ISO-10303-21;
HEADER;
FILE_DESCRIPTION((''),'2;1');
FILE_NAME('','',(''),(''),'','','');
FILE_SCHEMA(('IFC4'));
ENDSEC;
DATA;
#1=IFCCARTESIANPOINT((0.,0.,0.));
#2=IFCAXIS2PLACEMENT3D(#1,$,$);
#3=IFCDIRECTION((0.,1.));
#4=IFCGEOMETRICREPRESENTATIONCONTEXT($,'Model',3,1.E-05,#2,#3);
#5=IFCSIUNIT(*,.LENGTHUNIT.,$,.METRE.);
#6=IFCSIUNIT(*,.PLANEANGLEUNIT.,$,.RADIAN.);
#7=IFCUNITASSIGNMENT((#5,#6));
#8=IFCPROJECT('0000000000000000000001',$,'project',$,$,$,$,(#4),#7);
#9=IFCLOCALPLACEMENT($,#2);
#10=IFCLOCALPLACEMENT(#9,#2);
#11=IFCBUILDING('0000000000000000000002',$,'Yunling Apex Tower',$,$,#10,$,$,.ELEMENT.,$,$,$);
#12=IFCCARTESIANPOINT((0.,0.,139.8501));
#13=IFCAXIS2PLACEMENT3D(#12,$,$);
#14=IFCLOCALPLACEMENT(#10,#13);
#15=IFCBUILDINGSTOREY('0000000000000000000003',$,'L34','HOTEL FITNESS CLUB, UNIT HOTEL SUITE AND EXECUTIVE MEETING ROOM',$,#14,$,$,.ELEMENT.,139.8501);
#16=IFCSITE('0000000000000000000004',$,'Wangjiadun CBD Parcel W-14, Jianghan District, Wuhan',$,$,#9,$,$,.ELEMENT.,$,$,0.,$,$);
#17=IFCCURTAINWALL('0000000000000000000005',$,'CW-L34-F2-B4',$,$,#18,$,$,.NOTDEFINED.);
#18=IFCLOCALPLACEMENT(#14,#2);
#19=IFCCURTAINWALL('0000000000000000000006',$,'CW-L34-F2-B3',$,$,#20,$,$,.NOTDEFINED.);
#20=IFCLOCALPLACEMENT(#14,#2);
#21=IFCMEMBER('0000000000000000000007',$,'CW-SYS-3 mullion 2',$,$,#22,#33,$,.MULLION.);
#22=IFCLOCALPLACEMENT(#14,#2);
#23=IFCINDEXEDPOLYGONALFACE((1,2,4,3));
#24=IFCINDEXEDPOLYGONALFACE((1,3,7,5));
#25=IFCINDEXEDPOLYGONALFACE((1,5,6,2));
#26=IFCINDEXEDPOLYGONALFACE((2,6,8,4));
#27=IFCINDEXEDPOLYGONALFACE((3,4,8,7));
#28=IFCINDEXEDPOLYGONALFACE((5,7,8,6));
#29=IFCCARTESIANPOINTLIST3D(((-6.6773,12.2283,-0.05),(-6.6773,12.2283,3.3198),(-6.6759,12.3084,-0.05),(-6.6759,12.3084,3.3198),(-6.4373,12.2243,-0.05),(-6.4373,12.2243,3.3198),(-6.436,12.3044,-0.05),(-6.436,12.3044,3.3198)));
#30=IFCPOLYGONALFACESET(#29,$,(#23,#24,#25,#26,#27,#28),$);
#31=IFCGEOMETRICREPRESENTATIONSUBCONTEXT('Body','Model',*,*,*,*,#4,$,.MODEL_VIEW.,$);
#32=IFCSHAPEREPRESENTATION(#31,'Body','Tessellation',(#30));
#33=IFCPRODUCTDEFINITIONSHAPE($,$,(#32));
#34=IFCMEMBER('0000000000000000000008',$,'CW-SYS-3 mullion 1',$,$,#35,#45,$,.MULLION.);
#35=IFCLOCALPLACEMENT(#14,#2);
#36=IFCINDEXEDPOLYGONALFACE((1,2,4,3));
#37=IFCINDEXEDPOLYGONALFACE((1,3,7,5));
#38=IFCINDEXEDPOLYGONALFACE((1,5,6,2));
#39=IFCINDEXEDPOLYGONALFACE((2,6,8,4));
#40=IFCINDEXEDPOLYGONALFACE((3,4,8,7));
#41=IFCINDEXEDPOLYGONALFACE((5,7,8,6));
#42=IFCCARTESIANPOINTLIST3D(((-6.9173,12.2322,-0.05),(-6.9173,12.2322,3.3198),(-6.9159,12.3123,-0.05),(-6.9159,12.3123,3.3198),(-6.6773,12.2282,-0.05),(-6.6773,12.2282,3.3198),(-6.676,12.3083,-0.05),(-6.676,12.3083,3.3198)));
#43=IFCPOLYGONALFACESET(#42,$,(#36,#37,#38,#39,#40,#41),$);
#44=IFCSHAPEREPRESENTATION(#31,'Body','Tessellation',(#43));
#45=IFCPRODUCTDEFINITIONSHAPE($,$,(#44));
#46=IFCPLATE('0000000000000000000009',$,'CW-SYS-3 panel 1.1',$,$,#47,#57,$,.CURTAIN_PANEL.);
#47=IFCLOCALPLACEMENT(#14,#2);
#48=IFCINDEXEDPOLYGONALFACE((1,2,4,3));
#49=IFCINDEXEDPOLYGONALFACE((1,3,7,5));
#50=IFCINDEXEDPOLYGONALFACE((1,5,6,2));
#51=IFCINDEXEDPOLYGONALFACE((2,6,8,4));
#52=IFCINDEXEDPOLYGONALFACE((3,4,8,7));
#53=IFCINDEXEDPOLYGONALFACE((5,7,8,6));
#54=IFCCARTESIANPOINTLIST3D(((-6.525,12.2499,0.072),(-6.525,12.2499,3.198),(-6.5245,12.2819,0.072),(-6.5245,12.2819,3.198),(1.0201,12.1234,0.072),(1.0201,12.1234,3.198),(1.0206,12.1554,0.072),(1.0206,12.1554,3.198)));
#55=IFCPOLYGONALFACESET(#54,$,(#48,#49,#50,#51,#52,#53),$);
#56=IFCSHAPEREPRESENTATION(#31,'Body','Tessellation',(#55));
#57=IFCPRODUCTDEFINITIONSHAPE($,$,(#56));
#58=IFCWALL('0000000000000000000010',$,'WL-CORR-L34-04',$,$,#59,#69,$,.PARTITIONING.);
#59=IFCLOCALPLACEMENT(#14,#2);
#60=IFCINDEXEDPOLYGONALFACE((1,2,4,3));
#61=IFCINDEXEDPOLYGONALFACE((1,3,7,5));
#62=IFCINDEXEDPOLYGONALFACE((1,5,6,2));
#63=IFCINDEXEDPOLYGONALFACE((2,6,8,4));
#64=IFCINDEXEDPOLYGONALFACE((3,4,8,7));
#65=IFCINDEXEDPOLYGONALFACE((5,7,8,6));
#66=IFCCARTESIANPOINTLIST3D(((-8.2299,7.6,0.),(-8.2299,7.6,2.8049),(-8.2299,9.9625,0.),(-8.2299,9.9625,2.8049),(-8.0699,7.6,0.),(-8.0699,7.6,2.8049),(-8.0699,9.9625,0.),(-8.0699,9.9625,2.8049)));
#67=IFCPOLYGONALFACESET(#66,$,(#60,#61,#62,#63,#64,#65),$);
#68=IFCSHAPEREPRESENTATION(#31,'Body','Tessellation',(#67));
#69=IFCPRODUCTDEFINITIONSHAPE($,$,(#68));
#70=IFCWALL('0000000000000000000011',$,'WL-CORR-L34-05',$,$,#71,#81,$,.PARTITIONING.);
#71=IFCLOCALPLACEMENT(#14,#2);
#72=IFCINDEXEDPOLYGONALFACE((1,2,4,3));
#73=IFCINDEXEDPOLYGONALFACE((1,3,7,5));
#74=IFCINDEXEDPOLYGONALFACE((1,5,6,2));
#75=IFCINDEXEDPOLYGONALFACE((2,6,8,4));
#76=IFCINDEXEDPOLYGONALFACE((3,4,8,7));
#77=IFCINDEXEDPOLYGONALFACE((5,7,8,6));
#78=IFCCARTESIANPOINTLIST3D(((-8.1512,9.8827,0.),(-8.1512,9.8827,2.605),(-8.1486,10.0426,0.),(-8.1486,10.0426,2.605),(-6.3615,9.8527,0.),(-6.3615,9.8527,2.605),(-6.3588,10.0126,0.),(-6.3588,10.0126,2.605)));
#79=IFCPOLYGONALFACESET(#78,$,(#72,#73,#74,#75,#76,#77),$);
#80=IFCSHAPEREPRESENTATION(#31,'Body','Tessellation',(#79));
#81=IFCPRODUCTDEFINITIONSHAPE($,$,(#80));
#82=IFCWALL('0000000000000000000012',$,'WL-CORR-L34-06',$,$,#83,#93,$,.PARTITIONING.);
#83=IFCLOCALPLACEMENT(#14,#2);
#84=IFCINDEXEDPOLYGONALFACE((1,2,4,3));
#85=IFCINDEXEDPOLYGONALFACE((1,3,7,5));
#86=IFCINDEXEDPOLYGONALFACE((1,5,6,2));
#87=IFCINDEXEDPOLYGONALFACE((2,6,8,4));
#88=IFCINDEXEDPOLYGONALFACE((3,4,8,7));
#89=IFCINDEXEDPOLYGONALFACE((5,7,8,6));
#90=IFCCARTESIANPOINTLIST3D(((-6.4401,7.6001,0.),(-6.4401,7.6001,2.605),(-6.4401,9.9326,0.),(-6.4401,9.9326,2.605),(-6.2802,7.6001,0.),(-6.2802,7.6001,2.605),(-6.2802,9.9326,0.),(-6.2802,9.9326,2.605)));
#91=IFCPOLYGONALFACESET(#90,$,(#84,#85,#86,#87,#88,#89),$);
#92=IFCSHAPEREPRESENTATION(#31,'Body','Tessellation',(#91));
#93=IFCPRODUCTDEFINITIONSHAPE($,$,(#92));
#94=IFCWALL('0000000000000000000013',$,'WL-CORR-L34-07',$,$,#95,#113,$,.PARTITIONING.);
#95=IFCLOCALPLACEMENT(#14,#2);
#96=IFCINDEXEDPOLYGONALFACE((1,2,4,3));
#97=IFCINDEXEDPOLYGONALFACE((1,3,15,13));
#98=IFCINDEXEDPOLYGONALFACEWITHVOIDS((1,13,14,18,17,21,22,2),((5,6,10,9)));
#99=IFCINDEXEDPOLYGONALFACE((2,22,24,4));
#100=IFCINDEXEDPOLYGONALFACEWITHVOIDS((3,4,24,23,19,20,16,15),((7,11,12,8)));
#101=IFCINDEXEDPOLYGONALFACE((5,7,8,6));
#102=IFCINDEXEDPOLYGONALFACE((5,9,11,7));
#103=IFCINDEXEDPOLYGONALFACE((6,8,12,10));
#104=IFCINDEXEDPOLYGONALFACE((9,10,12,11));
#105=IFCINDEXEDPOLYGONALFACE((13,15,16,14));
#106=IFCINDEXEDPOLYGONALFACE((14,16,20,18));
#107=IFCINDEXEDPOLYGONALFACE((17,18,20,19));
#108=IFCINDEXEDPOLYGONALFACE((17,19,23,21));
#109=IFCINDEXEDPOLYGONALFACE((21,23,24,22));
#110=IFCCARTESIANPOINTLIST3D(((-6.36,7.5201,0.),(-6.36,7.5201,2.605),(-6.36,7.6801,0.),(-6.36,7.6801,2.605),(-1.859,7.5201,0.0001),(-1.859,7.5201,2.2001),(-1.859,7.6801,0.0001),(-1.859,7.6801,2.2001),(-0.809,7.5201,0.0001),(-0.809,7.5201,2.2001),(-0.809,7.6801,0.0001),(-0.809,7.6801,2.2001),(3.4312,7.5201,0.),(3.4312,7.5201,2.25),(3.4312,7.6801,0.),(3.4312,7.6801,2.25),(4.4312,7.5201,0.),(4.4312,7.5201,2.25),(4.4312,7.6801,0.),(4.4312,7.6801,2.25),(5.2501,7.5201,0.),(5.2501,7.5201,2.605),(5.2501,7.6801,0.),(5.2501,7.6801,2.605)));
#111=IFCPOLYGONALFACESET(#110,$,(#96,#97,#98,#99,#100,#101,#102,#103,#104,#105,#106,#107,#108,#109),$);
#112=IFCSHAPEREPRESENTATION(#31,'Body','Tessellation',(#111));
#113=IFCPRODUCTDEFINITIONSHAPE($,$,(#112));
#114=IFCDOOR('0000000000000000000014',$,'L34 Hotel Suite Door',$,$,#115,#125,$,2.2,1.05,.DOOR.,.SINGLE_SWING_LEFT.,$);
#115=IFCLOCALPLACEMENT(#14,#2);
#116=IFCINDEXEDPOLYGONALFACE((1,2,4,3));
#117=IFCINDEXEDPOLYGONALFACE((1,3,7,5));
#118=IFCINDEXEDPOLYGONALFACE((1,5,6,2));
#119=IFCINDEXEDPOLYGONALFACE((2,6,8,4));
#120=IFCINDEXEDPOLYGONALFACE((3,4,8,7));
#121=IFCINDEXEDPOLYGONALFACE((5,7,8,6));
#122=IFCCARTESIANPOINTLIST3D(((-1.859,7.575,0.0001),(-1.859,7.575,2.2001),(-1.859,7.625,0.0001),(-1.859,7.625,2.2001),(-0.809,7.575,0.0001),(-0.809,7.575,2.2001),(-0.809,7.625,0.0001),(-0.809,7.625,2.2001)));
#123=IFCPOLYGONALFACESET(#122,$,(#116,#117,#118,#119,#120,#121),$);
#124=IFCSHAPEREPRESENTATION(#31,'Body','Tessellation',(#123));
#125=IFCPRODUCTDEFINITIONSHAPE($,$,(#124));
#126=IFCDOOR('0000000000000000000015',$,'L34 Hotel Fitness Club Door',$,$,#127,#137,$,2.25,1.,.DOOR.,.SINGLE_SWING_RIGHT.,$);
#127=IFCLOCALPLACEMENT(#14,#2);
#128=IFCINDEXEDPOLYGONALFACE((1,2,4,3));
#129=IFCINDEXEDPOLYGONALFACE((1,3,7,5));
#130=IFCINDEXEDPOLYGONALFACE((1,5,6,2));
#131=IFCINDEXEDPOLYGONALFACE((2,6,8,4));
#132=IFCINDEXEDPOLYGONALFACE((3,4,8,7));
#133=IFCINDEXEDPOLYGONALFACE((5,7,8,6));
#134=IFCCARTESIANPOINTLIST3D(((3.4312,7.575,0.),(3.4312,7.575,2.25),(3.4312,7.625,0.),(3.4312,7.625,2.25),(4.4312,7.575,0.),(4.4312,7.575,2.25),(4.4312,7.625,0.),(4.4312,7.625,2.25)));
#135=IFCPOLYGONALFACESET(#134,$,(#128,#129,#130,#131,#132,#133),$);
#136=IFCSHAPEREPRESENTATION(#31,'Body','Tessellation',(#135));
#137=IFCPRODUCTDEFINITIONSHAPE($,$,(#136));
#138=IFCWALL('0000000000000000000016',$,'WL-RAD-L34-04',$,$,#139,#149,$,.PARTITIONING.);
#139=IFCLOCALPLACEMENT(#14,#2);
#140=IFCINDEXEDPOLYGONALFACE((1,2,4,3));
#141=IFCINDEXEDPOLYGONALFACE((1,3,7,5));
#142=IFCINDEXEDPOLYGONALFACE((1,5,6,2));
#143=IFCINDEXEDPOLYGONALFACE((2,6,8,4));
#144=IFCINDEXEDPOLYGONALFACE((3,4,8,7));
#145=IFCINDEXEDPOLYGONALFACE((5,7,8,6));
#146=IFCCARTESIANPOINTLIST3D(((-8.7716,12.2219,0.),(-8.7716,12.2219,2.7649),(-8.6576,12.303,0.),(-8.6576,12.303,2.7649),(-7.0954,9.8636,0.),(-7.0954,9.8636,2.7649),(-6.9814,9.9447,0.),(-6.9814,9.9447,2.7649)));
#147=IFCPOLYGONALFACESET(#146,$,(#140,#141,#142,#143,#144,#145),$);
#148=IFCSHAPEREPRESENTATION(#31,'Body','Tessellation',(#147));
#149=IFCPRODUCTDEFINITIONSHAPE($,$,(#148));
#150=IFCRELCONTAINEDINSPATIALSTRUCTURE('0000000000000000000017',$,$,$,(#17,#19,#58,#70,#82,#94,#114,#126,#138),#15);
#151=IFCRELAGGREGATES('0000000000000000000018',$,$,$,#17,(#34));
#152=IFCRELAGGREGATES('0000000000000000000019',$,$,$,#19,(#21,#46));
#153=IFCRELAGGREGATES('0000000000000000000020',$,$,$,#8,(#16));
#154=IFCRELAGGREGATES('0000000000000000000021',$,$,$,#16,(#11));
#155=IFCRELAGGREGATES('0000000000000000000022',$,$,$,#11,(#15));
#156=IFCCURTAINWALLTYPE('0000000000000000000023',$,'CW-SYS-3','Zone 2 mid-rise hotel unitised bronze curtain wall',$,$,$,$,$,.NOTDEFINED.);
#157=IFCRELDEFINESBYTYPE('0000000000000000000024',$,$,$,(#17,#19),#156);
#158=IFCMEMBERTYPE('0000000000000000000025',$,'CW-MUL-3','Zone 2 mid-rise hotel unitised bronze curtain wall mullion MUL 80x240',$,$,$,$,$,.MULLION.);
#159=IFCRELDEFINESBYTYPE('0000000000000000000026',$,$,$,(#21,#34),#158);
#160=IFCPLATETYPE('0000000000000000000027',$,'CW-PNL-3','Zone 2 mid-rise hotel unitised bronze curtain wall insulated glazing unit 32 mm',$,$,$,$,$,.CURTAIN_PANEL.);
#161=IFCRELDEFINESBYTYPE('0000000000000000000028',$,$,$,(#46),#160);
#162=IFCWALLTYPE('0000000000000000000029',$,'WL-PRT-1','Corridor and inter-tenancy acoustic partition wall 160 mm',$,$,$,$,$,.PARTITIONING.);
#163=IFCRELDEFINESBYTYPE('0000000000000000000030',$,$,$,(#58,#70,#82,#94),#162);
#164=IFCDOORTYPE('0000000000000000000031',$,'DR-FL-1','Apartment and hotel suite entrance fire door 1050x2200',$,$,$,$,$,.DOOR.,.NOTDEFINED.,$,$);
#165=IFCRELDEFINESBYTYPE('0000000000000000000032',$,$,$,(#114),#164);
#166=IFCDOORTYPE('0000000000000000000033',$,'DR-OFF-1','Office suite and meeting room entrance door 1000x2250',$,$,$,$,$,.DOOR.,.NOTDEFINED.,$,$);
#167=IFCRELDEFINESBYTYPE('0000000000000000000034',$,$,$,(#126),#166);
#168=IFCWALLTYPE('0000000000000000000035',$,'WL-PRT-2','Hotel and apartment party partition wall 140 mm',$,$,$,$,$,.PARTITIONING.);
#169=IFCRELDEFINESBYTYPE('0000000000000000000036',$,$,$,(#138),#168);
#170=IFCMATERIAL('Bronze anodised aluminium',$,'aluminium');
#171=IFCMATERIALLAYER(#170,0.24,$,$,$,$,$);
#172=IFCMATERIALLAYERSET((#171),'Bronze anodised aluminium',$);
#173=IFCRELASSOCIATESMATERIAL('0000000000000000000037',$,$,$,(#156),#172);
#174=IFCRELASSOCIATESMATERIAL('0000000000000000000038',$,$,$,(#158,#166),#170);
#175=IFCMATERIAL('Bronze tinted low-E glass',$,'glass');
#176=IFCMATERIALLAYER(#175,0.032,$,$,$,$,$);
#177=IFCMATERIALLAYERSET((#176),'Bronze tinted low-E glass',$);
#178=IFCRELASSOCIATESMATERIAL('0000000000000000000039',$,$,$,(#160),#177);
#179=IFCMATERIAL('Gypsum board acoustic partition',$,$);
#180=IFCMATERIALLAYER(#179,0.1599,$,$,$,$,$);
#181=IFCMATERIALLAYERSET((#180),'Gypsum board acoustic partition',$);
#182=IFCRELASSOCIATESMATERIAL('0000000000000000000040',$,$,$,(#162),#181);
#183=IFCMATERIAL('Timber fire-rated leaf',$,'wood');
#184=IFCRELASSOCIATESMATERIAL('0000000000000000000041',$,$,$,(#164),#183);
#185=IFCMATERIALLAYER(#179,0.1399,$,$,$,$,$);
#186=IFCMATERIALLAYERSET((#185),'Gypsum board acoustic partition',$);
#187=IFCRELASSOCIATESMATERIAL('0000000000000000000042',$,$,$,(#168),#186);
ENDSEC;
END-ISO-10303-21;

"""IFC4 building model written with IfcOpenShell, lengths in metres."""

from ifc_helpers import new_model, si_unit, direction, frame, frame_2d, origin, origin_2d, place, context, subcontext, project, spatial, rectangle, extrude, source, transform, mapped, material, layer, layer_set, material_profile, profile_set, type_object, element, fill, aggregate, save


model = new_model("IFC4")

# Units and contexts
model_context = context("Model", 3, precision=1e-05, world=origin(), true_north=direction((0.0, 1.0)))
body_context = subcontext(model_context, "Body", "Model", "MODEL_VIEW")
ifc_project = project(units=[si_unit("LENGTHUNIT", "METRE"), si_unit("PLANEANGLEUNIT", "RADIAN")], contexts=[model_context])

# Site, building, storey
site_placement = place(None, origin())
site = spatial("IfcSite", under=ifc_project, at=site_placement, Name="Wangjiadun CBD Parcel W-14, Jianghan District, Wuhan", CompositionType="ELEMENT", RefElevation=0.0)
building_placement = place(site_placement, origin())
building = spatial("IfcBuilding", under=site, at=building_placement, Name="Yunling Apex Tower", CompositionType="ELEMENT")
storey_placement = place(building_placement, frame((0.0, 0.0, 139.8501)))
storey = spatial("IfcBuildingStorey", under=building, at=storey_placement, Name="L34", Description="HOTEL FITNESS CLUB, UNIT HOTEL SUITE AND EXECUTIVE MEETING ROOM", CompositionType="ELEMENT", Elevation=139.8501)

# Curtain wall
ifc_material_1 = material(Name="Bronze anodised aluminium", Category="aluminium")
ifc_layer_1 = layer(ifc_material_1, 0.24)
ifc_layer_set_1 = layer_set([ifc_layer_1], Name="Bronze anodised aluminium")
curtain_wall_type = type_object("IfcCurtainWallType", Name="CW-SYS-3", Description="Zone 2 mid-rise hotel unitised bronze curtain wall", PredefinedType="NOTDEFINED", material=ifc_layer_set_1)
curtain_wall_1_placement = place(storey_placement, origin())
curtain_wall_1 = element("IfcCurtainWall", 1, at=curtain_wall_1_placement, inside=storey, type_object=curtain_wall_type, Name="CW-L34-F2-B4", PredefinedType="NOTDEFINED")

# Curtain wall, member
curtain_wall_2_placement = place(storey_placement, origin())
curtain_wall_2 = element("IfcCurtainWall", 2, at=curtain_wall_2_placement, inside=storey, type_object=curtain_wall_type, Name="CW-L34-F2-B3", PredefinedType="NOTDEFINED")
ifc_material_profile_1 = material_profile(ifc_material_1, rectangle(XDim=0.0801, YDim=0.24, at=origin_2d()))
ifc_profile_set_1 = profile_set([ifc_material_profile_1], Name="Bronze anodised aluminium")
member_type_1 = type_object("IfcMemberType", Name="CW-MUL-3", Description="Zone 2 mid-rise hotel unitised bronze curtain wall mullion MUL 80x240", PredefinedType="MULLION", material=ifc_profile_set_1)
shared_shape_1 = source(origin(), body_context, "Body", "SweptSolid", [
    extrude(rectangle(XDim=0.0801, YDim=0.24, at=origin_2d()), origin(), (0.0, 0.0, 1.0), 3.3699),
])
member_1_placement = place(storey_placement, frame((-6.5566, 12.2664, -0.05), z_axis=(0.0, 0.0, 1.0), x_axis=(-0.016762, -0.99986, 0.0)))
member_1 = element("IfcMember", 3, at=member_1_placement, type_object=member_type_1, Name="CW-SYS-3 mullion 2", PredefinedType="MULLION", context=body_context, shape_type="MappedRepresentation", body=[
    mapped(shared_shape_1, transform((0.0, 0.0, 0.0), scale=1.0)),
])

# Member
member_2_placement = place(storey_placement, frame((-6.7966, 12.2703, -0.05), z_axis=(0.0, 0.0, 1.0), x_axis=(-0.016762, -0.99986, 0.0)))
member_2 = element("IfcMember", 4, at=member_2_placement, type_object=member_type_1, Name="CW-SYS-3 mullion 1", PredefinedType="MULLION", context=body_context, shape_type="MappedRepresentation", body=[
    mapped(shared_shape_1, transform((0.0, 0.0, 0.0), scale=1.0)),
])
aggregate(curtain_wall_1, [member_2])

# Plate
ifc_material_2 = material(Name="Bronze tinted low-E glass", Category="glass")
ifc_layer_2 = layer(ifc_material_2, 0.032)
ifc_layer_set_2 = layer_set([ifc_layer_2], Name="Bronze tinted low-E glass")
plate_type = type_object("IfcPlateType", Name="CW-PNL-3", Description="Zone 2 mid-rise hotel unitised bronze curtain wall insulated glazing unit 32 mm", PredefinedType="CURTAIN_PANEL", material=ifc_layer_set_2)
shared_shape_2 = source(origin(), body_context, "Body", "SweptSolid", [
    extrude(rectangle(XDim=7.5461, YDim=0.032, at=origin_2d()), origin(), (0.0, 0.0, 1.0), 3.126),
])
plate_placement = place(storey_placement, frame((-2.7522, 12.2026, 0.072), z_axis=(0.0, 0.0, 1.0), x_axis=(-0.99986, 0.016762, 0.0)))
plate = element("IfcPlate", 5, at=plate_placement, type_object=plate_type, Name="CW-SYS-3 panel 1.1", PredefinedType="CURTAIN_PANEL", context=body_context, shape_type="MappedRepresentation", body=[
    mapped(shared_shape_2, transform((0.0, 0.0, 0.0), scale=1.0)),
])
aggregate(curtain_wall_2, [member_1, plate])

# Walls
ifc_material_3 = material(Name="Gypsum board acoustic partition")
ifc_layer_3 = layer(ifc_material_3, 0.1599)
ifc_layer_set_3 = layer_set([ifc_layer_3], Name="Gypsum board acoustic partition")
wall_type_1 = type_object("IfcWallType", Name="WL-PRT-1", Description="Corridor and inter-tenancy acoustic partition wall 160 mm", PredefinedType="PARTITIONING", material=ifc_layer_set_3)
wall_1_placement = place(storey_placement, frame((-8.1499, 7.6001, 0.0), z_axis=(0.0, 0.0, 1.0), x_axis=(0.0, 1.0, 0.0)))
element("IfcWall", 6, at=wall_1_placement, inside=storey, type_object=wall_type_1, Name="WL-CORR-L34-04", PredefinedType="PARTITIONING", context=body_context, shape_type="SweptSolid", body=[
    extrude(rectangle(XDim=2.3625, YDim=0.1599, at=frame_2d((1.1812, 0.0))), origin(), (0.0, 0.0, 1.0), 2.8049),
])
wall_2_placement = place(storey_placement, frame((-8.1499, 9.9626, 0.0), z_axis=(0.0, 0.0, 1.0), x_axis=(0.999859, -0.016776, 0.0)))
element("IfcWall", 7, at=wall_2_placement, inside=storey, type_object=wall_type_1, Name="WL-CORR-L34-05", PredefinedType="PARTITIONING", context=body_context, shape_type="SweptSolid", body=[
    extrude(rectangle(XDim=1.79, YDim=0.1599, at=frame_2d((0.895, 0.0))), origin(), (0.0, 0.0, 1.0), 2.605),
])
wall_3_placement = place(storey_placement, frame((-6.3601, 9.9326, 0.0), z_axis=(0.0, 0.0, 1.0), x_axis=(0.0, -1.0, 0.0)))
element("IfcWall", 8, at=wall_3_placement, inside=storey, type_object=wall_type_1, Name="WL-CORR-L34-06", PredefinedType="PARTITIONING", context=body_context, shape_type="SweptSolid", body=[
    extrude(rectangle(XDim=2.3325, YDim=0.1599, at=frame_2d((1.1663, 0.0))), origin(), (0.0, 0.0, 1.0), 2.605),
])

# Wall, openings, doors
wall_4_placement = place(storey_placement, frame((-6.3601, 7.6001, 0.0), z_axis=(0.0, 0.0, 1.0), x_axis=(1.0, 0.0, 0.0)))
wall_4 = element("IfcWall", 9, at=wall_4_placement, inside=storey, type_object=wall_type_1, Name="WL-CORR-L34-07", PredefinedType="PARTITIONING", context=body_context, shape_type="SweptSolid", body=[
    extrude(rectangle(XDim=11.6101, YDim=0.1599, at=frame_2d((5.8052, 0.0))), origin(), (0.0, 0.0, 1.0), 2.605),
])
opening_1_placement = place(wall_4_placement, frame((4.5012, 0.0, 0.0)))
opening_1 = element("IfcOpeningElement", 10, at=opening_1_placement, cuts=wall_4, PredefinedType="OPENING", context=body_context, shape_type="SweptSolid", body=[
    extrude(rectangle(XDim=1.05, YDim=2.2, at=frame_2d((0.5249, 1.1001))), frame((0.0, 0.0898, 0.0), z_axis=(0.0, -1.0, 0.0), x_axis=(1.0, 0.0, 0.0)), (0.0, 0.0, 1.0), 0.1799),
])
opening_2_placement = place(wall_4_placement, frame((9.7913, 0.0, 0.0)))
opening_2 = element("IfcOpeningElement", 11, at=opening_2_placement, cuts=wall_4, PredefinedType="OPENING", context=body_context, shape_type="SweptSolid", body=[
    extrude(rectangle(XDim=1.0, YDim=2.25, at=frame_2d((0.5, 1.125))), frame((0.0, 0.0898, 0.0), z_axis=(0.0, -1.0, 0.0), x_axis=(1.0, 0.0, 0.0)), (0.0, 0.0, 1.0), 0.1799),
])
ifc_material_4 = material(Name="Timber fire-rated leaf", Category="wood")
door_type_1 = type_object("IfcDoorType", Name="DR-FL-1", Description="Apartment and hotel suite entrance fire door 1050x2200", OperationType="NOTDEFINED", PredefinedType="DOOR", material=ifc_material_4)
door_1_placement = place(opening_1_placement, origin())
door_1 = element("IfcDoor", 12, at=door_1_placement, inside=storey, type_object=door_type_1, Name="L34 Hotel Suite Door", OperationType="SINGLE_SWING_LEFT", OverallHeight=2.2, OverallWidth=1.05, PredefinedType="DOOR", context=body_context, shape_type="SweptSolid", body=[
    extrude(rectangle(XDim=1.05, YDim=2.2, at=frame_2d((0.5249, 1.1001))), frame((0.0, 0.0249, 0.0), z_axis=(0.0, -1.0, 0.0), x_axis=(1.0, 0.0, 0.0)), (0.0, 0.0, 1.0), 0.05),
])
fill(opening_1, door_1)
door_type_2 = type_object("IfcDoorType", Name="DR-OFF-1", Description="Office suite and meeting room entrance door 1000x2250", OperationType="NOTDEFINED", PredefinedType="DOOR", material=ifc_material_1)
door_2_placement = place(opening_2_placement, origin())
door_2 = element("IfcDoor", 13, at=door_2_placement, inside=storey, type_object=door_type_2, Name="L34 Hotel Fitness Club Door", OperationType="SINGLE_SWING_RIGHT", OverallHeight=2.25, OverallWidth=1.0, PredefinedType="DOOR", context=body_context, shape_type="SweptSolid", body=[
    extrude(rectangle(XDim=1.0, YDim=2.25, at=frame_2d((0.5, 1.125))), frame((0.0, 0.0249, 0.0), z_axis=(0.0, -1.0, 0.0), x_axis=(1.0, 0.0, 0.0)), (0.0, 0.0, 1.0), 0.05),
])
fill(opening_2, door_2)

# Wall
ifc_layer_4 = layer(ifc_material_3, 0.1399)
ifc_layer_set_4 = layer_set([ifc_layer_4], Name="Gypsum board acoustic partition")
wall_type_2 = type_object("IfcWallType", Name="WL-PRT-2", Description="Hotel and apartment party partition wall 140 mm", PredefinedType="PARTITIONING", material=ifc_layer_set_4)
wall_5_placement = place(storey_placement, frame((-7.0383, 9.9041, 0.0), z_axis=(0.0, 0.0, 1.0), x_axis=(-0.579337, 0.815088, 0.0)))
element("IfcWall", 14, at=wall_5_placement, inside=storey, type_object=wall_type_2, Name="WL-RAD-L34-04", PredefinedType="PARTITIONING", context=body_context, shape_type="SweptSolid", body=[
    extrude(rectangle(XDim=2.8933, YDim=0.1399, at=frame_2d((1.4468, 0.0))), origin(), (0.0, 0.0, 1.0), 2.7649),
])

save(model, "model.ifc")
